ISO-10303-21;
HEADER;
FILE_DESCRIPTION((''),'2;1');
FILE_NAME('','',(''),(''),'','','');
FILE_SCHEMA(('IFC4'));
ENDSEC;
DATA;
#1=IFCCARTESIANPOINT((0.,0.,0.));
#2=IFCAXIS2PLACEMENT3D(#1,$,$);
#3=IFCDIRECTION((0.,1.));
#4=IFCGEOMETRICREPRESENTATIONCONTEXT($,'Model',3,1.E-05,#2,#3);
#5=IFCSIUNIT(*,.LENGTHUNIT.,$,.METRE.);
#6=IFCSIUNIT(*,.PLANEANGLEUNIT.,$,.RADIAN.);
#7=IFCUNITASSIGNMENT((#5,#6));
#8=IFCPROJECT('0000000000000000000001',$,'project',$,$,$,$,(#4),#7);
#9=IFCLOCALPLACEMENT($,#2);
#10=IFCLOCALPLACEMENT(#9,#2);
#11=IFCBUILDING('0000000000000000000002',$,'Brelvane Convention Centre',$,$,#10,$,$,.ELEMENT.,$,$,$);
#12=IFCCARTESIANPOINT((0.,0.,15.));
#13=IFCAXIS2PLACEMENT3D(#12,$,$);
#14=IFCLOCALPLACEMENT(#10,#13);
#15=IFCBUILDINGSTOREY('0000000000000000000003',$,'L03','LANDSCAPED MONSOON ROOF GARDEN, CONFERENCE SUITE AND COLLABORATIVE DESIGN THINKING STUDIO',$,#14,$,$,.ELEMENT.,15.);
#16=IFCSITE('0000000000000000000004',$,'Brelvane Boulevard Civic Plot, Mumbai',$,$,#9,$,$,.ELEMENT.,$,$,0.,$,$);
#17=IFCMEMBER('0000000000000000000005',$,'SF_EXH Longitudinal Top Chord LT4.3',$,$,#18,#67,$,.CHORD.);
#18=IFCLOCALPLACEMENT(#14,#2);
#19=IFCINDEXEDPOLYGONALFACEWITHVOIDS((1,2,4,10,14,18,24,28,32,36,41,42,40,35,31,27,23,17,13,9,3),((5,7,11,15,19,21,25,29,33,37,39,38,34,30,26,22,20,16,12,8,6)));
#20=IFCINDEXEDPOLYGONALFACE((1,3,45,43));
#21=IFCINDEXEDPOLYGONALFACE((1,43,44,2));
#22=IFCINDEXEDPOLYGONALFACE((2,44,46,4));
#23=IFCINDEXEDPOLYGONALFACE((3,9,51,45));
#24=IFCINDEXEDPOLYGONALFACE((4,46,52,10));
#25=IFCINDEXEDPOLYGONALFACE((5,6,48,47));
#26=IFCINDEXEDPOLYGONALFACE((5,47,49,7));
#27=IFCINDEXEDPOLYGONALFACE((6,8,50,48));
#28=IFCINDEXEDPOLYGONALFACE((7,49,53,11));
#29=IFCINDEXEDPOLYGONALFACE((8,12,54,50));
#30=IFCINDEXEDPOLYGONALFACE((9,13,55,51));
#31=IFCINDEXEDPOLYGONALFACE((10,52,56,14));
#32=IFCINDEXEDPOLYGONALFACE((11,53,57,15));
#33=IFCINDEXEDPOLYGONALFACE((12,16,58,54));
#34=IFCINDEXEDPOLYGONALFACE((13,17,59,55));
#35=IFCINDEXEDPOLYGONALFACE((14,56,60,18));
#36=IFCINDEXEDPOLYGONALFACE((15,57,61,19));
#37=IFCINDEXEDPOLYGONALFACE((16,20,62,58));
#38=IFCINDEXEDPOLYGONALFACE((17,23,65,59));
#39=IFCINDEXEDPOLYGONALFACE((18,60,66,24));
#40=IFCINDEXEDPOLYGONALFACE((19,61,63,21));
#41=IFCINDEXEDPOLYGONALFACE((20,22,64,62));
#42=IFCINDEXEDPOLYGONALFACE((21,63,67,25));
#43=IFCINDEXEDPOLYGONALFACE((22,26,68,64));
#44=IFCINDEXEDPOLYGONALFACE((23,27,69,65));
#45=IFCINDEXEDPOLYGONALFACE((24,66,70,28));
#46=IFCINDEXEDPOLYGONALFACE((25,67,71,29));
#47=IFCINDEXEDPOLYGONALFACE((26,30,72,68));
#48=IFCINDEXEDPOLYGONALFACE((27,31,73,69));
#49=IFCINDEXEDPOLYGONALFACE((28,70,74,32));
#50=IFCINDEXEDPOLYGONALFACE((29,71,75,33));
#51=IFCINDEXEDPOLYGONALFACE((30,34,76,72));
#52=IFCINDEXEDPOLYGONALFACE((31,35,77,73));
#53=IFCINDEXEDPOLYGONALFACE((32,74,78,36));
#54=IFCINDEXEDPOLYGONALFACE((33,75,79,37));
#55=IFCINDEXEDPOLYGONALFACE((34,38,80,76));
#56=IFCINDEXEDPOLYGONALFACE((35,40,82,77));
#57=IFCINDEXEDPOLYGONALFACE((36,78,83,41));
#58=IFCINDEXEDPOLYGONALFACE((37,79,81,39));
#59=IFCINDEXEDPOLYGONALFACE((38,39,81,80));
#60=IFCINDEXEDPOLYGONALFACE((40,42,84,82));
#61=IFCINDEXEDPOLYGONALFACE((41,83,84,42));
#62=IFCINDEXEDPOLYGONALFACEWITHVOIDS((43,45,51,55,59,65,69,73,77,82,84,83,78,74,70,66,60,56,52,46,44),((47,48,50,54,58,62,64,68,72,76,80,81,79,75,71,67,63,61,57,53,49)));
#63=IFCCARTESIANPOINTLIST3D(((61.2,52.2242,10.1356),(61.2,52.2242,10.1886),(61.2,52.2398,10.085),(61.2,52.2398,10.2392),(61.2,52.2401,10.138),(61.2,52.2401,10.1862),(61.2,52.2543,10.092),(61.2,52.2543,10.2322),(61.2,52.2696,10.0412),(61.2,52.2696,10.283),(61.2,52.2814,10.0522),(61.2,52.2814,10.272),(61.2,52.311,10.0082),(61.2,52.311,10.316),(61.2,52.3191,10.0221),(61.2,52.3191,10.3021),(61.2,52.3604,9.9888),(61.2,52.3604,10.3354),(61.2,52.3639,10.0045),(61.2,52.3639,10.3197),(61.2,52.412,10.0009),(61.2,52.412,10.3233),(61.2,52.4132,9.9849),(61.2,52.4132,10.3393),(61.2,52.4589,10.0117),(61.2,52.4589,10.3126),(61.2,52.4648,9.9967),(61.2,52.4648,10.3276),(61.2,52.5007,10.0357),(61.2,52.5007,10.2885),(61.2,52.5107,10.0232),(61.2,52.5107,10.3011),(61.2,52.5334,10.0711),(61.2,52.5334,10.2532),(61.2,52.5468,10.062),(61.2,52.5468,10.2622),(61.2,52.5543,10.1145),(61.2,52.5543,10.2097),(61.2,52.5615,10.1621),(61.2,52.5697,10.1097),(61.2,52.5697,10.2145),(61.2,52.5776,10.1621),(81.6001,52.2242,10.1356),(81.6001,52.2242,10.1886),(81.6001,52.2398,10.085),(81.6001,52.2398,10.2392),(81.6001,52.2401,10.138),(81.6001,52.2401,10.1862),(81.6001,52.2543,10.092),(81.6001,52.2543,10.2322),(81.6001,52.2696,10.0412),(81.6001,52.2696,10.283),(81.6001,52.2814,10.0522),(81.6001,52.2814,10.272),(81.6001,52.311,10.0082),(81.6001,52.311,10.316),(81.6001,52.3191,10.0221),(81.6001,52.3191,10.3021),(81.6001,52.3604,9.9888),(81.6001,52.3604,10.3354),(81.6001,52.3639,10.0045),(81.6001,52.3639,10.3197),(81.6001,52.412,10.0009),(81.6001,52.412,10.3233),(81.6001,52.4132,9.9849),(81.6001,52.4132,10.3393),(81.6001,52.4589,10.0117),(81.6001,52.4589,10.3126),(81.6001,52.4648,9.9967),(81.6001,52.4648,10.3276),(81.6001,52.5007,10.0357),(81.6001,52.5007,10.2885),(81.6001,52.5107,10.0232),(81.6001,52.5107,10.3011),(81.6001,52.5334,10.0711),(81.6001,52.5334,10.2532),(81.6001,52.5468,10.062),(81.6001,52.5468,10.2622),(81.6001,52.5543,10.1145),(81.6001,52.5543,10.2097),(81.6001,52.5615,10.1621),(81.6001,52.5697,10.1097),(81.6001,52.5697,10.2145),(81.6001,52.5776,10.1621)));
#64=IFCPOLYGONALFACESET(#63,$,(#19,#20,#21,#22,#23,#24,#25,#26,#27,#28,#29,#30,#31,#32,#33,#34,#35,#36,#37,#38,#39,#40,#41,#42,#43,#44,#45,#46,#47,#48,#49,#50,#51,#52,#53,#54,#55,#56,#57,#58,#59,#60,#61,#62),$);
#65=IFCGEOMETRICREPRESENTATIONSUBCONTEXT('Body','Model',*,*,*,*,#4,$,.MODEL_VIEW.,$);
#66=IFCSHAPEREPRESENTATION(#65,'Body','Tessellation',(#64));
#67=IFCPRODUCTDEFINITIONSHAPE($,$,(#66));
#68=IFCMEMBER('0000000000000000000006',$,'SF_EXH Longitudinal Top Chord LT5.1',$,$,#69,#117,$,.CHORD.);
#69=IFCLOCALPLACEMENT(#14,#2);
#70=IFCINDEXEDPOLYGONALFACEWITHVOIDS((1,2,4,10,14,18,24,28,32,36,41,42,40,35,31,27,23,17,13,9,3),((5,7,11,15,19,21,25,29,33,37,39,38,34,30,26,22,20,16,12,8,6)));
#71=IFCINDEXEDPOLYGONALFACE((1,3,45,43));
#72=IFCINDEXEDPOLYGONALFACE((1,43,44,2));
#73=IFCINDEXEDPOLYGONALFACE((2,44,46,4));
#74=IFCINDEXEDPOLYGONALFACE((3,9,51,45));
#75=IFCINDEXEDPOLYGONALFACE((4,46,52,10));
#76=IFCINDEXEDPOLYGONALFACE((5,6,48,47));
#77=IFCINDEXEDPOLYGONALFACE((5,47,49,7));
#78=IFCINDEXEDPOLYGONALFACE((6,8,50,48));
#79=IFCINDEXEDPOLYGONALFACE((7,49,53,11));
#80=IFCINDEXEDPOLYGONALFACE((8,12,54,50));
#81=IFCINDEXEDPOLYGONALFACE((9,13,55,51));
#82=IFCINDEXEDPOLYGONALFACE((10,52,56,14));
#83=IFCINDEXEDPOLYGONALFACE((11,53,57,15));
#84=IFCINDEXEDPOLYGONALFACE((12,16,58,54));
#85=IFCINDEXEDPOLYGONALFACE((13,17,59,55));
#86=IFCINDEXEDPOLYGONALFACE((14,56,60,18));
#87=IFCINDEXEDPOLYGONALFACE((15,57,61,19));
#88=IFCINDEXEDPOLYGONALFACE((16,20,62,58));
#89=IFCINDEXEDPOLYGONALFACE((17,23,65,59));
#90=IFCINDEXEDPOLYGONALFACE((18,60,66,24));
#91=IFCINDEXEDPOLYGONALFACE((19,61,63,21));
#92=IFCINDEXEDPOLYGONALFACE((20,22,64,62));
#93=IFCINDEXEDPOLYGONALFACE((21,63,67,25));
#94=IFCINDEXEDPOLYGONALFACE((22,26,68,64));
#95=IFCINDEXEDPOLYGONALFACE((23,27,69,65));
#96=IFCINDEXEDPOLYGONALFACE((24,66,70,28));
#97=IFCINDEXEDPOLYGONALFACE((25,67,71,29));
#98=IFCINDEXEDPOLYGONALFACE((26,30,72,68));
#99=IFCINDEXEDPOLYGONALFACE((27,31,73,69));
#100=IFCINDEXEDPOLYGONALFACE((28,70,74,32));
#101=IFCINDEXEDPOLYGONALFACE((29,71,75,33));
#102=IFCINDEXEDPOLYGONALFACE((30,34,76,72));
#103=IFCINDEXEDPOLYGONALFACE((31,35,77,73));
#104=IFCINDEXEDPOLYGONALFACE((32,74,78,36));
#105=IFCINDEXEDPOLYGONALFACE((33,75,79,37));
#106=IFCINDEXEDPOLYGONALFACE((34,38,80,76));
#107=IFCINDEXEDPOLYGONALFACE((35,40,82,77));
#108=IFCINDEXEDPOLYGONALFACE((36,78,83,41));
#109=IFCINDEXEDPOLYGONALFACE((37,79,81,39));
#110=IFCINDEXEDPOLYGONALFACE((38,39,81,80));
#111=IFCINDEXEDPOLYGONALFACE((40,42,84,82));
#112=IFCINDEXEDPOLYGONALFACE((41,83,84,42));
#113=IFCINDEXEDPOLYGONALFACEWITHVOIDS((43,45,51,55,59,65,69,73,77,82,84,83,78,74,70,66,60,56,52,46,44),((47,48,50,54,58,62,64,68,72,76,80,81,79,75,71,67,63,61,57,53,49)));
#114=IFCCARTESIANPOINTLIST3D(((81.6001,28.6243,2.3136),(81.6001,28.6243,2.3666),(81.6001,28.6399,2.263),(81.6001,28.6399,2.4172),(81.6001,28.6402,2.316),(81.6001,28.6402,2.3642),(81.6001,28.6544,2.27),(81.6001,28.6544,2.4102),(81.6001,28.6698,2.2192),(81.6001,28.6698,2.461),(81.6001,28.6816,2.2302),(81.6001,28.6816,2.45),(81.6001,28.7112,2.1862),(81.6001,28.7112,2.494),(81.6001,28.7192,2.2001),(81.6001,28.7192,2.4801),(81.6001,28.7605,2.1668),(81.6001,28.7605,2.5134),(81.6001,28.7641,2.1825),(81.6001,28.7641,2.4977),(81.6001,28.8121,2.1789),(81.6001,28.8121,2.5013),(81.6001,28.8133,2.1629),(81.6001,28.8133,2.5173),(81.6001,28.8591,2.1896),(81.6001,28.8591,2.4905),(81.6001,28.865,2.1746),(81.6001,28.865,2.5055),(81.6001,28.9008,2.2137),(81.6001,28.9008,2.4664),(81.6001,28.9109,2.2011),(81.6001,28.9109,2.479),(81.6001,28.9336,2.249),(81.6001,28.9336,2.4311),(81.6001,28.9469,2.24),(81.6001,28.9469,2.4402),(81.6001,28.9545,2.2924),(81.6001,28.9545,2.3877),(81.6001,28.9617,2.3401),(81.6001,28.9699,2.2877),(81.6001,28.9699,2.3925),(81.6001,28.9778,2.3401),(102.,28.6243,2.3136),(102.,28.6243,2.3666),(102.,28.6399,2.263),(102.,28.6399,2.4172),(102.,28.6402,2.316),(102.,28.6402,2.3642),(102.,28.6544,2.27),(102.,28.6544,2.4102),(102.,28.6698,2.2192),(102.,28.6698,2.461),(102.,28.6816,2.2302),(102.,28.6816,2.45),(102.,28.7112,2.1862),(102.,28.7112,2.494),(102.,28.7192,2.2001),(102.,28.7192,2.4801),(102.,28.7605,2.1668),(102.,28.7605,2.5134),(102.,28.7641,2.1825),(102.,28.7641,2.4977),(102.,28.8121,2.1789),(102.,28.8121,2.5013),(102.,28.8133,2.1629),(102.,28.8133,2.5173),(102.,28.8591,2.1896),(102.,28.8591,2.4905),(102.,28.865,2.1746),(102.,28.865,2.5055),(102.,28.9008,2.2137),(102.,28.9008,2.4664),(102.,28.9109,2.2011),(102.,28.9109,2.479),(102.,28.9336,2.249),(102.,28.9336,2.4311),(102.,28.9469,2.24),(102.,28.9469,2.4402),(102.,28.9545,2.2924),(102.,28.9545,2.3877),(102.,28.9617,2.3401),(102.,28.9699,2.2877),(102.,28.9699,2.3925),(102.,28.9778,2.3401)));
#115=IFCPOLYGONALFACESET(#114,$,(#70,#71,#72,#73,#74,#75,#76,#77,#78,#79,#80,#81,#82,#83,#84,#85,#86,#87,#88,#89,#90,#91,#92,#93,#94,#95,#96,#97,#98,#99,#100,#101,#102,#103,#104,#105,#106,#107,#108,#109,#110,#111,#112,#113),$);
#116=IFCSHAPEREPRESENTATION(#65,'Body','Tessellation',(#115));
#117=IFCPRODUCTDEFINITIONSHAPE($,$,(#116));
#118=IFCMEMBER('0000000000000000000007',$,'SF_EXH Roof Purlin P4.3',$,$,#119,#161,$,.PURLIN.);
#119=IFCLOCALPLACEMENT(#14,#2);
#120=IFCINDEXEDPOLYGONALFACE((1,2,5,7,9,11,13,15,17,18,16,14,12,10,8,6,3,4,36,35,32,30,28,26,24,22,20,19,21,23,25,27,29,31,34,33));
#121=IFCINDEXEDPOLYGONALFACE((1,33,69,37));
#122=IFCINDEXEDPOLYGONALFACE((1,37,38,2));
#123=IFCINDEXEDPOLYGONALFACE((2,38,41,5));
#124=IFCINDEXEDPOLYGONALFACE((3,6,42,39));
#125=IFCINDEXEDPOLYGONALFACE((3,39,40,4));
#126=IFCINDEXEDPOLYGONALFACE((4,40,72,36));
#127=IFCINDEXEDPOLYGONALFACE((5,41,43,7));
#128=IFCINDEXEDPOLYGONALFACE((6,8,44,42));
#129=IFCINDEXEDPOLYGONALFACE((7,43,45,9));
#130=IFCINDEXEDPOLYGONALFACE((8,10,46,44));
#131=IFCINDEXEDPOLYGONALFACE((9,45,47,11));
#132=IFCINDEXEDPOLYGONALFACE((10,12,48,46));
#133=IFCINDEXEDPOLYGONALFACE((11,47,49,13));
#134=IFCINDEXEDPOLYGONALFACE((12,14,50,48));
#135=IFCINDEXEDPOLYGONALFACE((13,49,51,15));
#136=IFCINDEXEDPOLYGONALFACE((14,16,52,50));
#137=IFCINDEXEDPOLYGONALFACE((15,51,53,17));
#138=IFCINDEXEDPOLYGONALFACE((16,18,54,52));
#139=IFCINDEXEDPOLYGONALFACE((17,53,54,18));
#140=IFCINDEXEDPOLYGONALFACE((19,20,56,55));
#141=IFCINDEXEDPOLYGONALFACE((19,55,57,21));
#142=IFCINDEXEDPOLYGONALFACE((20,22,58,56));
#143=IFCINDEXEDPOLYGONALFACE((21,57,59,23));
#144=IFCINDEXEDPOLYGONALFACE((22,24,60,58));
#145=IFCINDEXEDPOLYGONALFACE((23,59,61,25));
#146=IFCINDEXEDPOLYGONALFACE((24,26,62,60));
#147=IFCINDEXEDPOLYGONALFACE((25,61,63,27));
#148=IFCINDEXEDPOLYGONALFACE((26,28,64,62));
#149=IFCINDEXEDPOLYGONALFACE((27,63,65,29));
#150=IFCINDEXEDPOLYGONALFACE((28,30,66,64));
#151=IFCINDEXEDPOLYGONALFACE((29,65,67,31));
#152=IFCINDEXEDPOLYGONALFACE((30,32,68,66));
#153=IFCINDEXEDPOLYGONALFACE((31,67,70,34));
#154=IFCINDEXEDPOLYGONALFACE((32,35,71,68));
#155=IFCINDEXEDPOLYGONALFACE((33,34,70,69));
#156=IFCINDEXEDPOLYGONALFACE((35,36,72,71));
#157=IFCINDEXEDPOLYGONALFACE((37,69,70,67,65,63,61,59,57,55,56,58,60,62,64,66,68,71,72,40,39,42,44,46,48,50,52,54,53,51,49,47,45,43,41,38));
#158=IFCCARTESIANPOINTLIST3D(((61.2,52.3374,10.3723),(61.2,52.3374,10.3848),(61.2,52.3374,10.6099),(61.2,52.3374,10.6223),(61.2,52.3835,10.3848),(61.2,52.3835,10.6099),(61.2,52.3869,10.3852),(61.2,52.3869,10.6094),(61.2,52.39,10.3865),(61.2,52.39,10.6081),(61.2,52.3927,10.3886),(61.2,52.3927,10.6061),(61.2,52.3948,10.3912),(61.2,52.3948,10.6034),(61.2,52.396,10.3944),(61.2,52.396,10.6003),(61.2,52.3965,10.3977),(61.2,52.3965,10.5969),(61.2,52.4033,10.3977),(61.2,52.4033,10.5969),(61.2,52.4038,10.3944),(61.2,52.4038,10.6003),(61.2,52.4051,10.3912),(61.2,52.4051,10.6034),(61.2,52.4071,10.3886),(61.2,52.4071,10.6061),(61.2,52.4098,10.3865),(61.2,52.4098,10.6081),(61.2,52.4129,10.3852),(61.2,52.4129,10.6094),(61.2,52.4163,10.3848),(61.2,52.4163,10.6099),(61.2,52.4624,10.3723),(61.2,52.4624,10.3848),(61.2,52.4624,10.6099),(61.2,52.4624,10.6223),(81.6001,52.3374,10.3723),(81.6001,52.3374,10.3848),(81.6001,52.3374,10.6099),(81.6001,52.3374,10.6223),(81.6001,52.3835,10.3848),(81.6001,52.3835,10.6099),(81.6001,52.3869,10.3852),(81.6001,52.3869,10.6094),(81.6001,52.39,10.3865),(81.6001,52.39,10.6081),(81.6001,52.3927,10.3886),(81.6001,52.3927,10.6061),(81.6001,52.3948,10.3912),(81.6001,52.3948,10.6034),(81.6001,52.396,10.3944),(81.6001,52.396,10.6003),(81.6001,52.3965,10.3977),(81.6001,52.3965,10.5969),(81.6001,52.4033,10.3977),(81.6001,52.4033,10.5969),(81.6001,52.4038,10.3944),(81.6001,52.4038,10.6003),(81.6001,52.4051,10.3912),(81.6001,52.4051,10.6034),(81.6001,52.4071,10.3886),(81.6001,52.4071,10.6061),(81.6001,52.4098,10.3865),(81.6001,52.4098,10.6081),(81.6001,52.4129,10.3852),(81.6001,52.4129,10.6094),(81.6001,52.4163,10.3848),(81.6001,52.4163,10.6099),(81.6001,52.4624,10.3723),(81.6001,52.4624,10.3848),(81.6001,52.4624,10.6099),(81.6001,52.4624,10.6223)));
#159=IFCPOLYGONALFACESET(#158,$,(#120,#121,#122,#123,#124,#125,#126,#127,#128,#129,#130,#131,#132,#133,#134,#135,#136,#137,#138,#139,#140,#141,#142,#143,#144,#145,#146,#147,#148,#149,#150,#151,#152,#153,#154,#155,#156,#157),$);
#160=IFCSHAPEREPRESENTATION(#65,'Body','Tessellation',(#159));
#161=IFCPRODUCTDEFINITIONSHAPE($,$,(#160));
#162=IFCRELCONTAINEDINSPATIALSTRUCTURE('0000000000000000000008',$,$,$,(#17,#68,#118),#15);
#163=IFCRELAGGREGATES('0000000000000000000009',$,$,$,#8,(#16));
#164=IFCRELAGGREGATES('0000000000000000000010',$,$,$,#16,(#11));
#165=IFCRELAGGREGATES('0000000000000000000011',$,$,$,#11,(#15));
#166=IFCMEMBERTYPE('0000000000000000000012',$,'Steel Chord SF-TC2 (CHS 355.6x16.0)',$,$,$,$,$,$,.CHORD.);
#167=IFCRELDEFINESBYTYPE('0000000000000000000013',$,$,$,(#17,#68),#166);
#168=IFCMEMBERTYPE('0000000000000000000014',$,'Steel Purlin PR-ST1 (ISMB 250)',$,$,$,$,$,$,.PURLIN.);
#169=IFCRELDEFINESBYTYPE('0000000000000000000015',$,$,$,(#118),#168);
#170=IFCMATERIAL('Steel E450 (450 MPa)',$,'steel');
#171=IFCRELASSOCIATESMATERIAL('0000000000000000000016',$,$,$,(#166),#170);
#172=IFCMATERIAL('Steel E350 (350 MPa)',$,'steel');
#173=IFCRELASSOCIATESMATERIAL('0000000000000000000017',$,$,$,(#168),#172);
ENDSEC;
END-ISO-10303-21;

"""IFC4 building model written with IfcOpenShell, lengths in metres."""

from ifc_helpers import new_model, si_unit, direction, frame, origin, origin_2d, place, context, subcontext, project, spatial, hollow_circle, i_section, extrude, material, material_profile, profile_set, type_object, element, save


model = new_model("IFC4")

# Units and contexts
model_context = context("Model", 3, precision=1e-05, world=origin(), true_north=direction((0.0, 1.0)))
body_context = subcontext(model_context, "Body", "Model", "MODEL_VIEW")
ifc_project = project(units=[si_unit("LENGTHUNIT", "METRE"), si_unit("PLANEANGLEUNIT", "RADIAN")], contexts=[model_context])

# Site, building, storey
site_placement = place(None, origin())
site = spatial("IfcSite", under=ifc_project, at=site_placement, Name="Brelvane Boulevard Civic Plot, Mumbai", CompositionType="ELEMENT", RefElevation=0.0)
building_placement = place(site_placement, origin())
building = spatial("IfcBuilding", under=site, at=building_placement, Name="Brelvane Convention Centre", CompositionType="ELEMENT")
storey_placement = place(building_placement, frame((0.0, 0.0, 15.0)))
storey = spatial("IfcBuildingStorey", under=building, at=storey_placement, Name="L03", Description="LANDSCAPED MONSOON ROOF GARDEN, CONFERENCE SUITE AND COLLABORATIVE DESIGN THINKING STUDIO", CompositionType="ELEMENT", Elevation=15.0)

# Members
ifc_material_1 = material(Name="Steel E450 (450 MPa)", Category="steel")
ifc_material_profile_1 = material_profile(ifc_material_1, hollow_circle(Radius=0.1777, WallThickness=0.0161, at=origin_2d()), Name="CHS 355.6x16.0")
ifc_profile_set_1 = profile_set([ifc_material_profile_1], Name="Steel E450 (450 MPa)")
member_type_1 = type_object("IfcMemberType", Name="Steel Chord SF-TC2 (CHS 355.6x16.0)", PredefinedType="CHORD", material=ifc_profile_set_1)
member_1_placement = place(storey_placement, frame((61.2, 52.3999, 10.1621), z_axis=(1.0, 0.0, 0.0), x_axis=(0.0, 1.0, 0.0)))
element("IfcMember", 1, at=member_1_placement, inside=storey, type_object=member_type_1, Name="SF_EXH Longitudinal Top Chord LT4.3", PredefinedType="CHORD", context=body_context, shape_type="SweptSolid", body=[
    extrude(hollow_circle(Radius=0.1777, WallThickness=0.0161, at=origin_2d()), origin(), (0.0, 0.0, 1.0), 20.4001),
])
member_2_placement = place(storey_placement, frame((81.6001, 28.8, 2.3401), z_axis=(1.0, 0.0, 0.0), x_axis=(0.0, 1.0, 0.0)))
element("IfcMember", 2, at=member_2_placement, inside=storey, type_object=member_type_1, Name="SF_EXH Longitudinal Top Chord LT5.1", PredefinedType="CHORD", context=body_context, shape_type="SweptSolid", body=[
    extrude(hollow_circle(Radius=0.1777, WallThickness=0.0161, at=origin_2d()), origin(), (0.0, 0.0, 1.0), 20.3999),
])
ifc_material_2 = material(Name="Steel E350 (350 MPa)", Category="steel")
ifc_material_profile_2 = material_profile(ifc_material_2, i_section(OverallWidth=0.125, OverallDepth=0.25, WebThickness=0.0068, FlangeThickness=0.0125, FilletRadius=0.0129, at=origin_2d()), Name="ISMB 250")
ifc_profile_set_2 = profile_set([ifc_material_profile_2], Name="Steel E350 (350 MPa)")
member_type_2 = type_object("IfcMemberType", Name="Steel Purlin PR-ST1 (ISMB 250)", PredefinedType="PURLIN", material=ifc_profile_set_2)
member_3_placement = place(storey_placement, frame((61.2, 52.3999, 10.4973), z_axis=(1.0, 0.0, 0.0), x_axis=(0.0, 1.0, 0.0)))
element("IfcMember", 3, at=member_3_placement, inside=storey, type_object=member_type_2, Name="SF_EXH Roof Purlin P4.3", PredefinedType="PURLIN", context=body_context, shape_type="SweptSolid", body=[
    extrude(i_section(OverallWidth=0.125, OverallDepth=0.25, WebThickness=0.0068, FlangeThickness=0.0125, FilletRadius=0.0129, at=origin_2d()), origin(), (0.0, 0.0, 1.0), 20.4001),
])

save(model, "model.ifc")
